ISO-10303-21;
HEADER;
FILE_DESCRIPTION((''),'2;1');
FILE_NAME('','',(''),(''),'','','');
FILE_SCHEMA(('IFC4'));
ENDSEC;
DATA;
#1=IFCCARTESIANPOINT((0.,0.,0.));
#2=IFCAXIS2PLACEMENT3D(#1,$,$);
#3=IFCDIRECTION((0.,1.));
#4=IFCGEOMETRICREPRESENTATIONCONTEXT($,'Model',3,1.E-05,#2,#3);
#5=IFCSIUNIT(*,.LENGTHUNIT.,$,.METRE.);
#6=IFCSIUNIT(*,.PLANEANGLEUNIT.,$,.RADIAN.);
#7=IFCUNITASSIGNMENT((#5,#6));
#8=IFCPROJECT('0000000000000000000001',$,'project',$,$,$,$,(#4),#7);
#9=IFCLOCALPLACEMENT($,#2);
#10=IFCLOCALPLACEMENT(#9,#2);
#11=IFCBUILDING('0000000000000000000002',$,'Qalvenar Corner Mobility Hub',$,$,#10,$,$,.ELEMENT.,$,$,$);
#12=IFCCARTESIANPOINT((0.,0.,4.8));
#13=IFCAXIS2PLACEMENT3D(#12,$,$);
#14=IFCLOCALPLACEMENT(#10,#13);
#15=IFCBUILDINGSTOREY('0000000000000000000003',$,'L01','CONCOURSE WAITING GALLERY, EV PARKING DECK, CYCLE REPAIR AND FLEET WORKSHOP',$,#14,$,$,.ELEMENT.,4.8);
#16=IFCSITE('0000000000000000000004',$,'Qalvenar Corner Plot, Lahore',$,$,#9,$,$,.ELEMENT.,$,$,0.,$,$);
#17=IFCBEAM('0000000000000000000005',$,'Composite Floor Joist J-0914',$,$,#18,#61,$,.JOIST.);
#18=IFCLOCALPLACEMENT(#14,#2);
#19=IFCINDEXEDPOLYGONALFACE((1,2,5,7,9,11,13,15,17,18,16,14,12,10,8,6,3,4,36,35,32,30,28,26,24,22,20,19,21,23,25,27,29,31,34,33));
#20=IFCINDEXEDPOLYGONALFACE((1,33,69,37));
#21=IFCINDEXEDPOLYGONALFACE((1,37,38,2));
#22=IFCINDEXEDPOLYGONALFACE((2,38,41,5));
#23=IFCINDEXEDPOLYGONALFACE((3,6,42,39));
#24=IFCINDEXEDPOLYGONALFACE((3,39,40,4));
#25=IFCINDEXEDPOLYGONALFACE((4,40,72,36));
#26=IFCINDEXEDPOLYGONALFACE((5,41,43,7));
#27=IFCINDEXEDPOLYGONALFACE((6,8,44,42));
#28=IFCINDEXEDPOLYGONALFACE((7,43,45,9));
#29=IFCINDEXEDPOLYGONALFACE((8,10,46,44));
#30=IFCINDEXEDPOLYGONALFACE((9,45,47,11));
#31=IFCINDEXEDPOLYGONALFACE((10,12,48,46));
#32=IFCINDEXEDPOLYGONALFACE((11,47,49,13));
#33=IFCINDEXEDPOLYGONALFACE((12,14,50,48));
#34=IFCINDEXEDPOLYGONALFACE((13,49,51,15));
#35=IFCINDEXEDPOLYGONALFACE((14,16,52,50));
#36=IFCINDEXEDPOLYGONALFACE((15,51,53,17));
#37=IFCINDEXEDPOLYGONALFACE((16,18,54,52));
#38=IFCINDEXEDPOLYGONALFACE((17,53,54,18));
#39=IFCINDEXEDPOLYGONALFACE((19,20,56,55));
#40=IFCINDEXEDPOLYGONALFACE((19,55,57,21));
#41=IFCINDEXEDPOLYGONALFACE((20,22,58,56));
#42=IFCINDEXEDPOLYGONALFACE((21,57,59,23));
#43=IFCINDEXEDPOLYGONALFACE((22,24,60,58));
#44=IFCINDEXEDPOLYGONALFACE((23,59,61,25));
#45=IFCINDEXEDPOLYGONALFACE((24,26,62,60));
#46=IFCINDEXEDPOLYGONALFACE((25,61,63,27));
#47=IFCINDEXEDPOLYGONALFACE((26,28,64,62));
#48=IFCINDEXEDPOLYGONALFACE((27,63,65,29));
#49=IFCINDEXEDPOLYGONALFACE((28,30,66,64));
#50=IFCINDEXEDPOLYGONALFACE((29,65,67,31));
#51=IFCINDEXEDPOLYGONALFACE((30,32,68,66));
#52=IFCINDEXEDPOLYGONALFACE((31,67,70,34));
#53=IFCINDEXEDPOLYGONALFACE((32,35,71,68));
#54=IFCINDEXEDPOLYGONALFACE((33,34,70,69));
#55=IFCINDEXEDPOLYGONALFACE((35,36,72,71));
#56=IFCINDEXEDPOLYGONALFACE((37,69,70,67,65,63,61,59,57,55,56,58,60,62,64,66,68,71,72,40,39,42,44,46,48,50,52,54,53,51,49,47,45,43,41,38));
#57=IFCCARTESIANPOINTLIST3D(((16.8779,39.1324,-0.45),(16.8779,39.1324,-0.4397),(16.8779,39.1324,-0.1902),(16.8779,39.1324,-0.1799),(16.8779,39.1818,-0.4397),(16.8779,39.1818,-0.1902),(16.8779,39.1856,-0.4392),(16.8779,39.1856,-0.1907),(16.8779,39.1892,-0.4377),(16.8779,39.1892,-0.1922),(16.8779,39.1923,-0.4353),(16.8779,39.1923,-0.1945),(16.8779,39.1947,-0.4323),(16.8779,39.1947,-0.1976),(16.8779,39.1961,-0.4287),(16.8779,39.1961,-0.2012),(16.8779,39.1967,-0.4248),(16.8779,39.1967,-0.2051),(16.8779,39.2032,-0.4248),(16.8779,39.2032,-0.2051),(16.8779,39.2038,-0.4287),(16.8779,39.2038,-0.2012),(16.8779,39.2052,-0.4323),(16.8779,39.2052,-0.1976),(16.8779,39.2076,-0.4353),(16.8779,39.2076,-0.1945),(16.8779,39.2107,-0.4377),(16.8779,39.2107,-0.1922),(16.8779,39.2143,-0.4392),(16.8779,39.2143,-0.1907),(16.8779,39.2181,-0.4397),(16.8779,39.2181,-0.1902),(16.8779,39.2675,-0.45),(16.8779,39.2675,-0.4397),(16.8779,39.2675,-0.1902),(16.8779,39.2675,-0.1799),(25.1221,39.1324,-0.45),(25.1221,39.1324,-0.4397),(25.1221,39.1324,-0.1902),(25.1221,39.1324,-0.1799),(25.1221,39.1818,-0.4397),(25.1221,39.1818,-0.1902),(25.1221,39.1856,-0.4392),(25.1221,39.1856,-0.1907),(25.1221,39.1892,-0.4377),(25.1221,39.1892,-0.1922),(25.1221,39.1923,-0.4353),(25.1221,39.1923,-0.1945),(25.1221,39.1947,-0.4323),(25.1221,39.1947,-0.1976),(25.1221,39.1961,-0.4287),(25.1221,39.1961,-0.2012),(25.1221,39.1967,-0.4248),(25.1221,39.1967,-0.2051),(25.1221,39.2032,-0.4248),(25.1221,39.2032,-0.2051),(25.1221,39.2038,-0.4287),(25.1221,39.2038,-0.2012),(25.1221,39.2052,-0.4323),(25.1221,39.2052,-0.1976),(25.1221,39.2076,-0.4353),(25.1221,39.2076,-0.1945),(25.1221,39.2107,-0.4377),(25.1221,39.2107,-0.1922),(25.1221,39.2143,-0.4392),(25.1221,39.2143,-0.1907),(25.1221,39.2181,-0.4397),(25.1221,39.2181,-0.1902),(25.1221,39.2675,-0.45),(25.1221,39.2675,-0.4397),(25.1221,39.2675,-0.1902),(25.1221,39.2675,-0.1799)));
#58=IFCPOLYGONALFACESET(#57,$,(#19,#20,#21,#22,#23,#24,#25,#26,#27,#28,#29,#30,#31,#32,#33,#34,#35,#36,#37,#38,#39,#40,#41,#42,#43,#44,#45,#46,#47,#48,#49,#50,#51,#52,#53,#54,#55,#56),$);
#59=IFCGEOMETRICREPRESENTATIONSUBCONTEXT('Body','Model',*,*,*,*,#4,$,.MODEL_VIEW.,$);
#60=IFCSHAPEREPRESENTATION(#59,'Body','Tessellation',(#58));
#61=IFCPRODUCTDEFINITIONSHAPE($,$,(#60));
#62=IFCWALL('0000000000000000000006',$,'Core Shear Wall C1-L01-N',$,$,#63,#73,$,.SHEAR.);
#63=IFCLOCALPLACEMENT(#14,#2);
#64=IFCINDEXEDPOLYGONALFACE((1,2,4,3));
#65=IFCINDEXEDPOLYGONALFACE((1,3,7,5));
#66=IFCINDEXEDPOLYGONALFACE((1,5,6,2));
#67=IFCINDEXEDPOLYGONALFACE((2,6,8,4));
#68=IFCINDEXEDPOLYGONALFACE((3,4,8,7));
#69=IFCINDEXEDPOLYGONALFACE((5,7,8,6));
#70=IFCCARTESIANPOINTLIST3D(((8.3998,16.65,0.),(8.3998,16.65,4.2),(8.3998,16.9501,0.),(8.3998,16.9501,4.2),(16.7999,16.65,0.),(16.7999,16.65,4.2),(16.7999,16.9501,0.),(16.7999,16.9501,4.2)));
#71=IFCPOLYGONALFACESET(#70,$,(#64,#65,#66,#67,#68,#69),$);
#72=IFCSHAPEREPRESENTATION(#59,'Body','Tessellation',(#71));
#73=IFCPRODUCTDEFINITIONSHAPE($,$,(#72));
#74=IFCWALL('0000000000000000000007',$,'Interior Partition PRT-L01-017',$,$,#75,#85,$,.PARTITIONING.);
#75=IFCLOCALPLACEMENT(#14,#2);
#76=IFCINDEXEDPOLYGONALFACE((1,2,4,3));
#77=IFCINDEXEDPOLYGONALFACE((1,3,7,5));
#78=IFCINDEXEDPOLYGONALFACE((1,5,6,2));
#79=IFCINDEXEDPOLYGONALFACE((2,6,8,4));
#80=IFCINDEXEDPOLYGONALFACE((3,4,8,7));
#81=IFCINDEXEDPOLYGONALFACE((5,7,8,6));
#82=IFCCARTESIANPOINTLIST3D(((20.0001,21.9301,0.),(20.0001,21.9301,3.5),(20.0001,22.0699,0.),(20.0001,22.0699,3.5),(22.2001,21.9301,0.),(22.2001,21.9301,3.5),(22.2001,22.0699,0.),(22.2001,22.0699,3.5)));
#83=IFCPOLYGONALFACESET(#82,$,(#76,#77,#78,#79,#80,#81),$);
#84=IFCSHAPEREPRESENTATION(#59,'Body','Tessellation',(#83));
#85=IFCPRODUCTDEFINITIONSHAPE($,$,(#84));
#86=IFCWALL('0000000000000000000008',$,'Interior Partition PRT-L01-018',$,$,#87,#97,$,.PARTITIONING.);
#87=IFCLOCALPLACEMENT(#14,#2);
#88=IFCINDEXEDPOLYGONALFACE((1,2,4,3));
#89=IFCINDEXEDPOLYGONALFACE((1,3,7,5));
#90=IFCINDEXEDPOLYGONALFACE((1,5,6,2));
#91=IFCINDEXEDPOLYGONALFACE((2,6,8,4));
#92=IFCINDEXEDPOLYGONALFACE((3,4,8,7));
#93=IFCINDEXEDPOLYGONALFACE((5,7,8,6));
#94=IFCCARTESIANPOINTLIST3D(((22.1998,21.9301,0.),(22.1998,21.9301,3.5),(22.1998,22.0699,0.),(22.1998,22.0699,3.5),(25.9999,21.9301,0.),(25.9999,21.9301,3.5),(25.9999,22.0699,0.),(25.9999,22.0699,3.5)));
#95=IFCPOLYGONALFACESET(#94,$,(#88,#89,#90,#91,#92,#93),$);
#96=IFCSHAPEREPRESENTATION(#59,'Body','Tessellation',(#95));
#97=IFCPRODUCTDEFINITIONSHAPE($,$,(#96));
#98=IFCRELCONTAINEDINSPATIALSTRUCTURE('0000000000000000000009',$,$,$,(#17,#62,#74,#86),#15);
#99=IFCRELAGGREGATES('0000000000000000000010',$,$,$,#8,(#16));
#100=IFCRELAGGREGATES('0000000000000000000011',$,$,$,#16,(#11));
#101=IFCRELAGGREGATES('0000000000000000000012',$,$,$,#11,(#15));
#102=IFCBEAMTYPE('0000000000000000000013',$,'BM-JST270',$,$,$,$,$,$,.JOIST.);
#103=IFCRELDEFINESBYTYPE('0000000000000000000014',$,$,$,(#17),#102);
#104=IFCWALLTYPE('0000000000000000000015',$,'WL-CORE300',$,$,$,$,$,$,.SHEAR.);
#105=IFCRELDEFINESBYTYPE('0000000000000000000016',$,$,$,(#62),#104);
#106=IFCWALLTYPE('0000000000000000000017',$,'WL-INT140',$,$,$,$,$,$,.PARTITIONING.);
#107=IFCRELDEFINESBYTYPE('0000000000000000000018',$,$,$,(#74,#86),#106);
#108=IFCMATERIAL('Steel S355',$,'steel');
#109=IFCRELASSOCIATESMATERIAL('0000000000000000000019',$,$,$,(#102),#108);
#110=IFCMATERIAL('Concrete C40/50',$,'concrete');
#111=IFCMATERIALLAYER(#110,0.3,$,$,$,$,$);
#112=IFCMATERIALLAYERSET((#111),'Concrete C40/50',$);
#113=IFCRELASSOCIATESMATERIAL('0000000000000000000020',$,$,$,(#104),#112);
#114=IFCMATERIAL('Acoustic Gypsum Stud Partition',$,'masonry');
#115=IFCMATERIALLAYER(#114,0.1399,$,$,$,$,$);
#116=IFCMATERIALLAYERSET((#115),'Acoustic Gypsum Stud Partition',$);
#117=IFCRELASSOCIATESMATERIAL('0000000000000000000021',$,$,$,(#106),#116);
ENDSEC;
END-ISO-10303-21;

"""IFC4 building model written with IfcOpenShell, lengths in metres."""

from ifc_helpers import new_model, si_unit, direction, frame, frame_2d, origin, origin_2d, place, context, subcontext, project, spatial, rectangle, i_section, extrude, material, layer, layer_set, material_profile, profile_set, type_object, element, save


model = new_model("IFC4")

# Units and contexts
model_context = context("Model", 3, precision=1e-05, world=origin(), true_north=direction((0.0, 1.0)))
body_context = subcontext(model_context, "Body", "Model", "MODEL_VIEW")
ifc_project = project(units=[si_unit("LENGTHUNIT", "METRE"), si_unit("PLANEANGLEUNIT", "RADIAN")], contexts=[model_context])

# Site, building, storey
site_placement = place(None, origin())
site = spatial("IfcSite", under=ifc_project, at=site_placement, Name="Qalvenar Corner Plot, Lahore", CompositionType="ELEMENT", RefElevation=0.0)
building_placement = place(site_placement, origin())
building = spatial("IfcBuilding", under=site, at=building_placement, Name="Qalvenar Corner Mobility Hub", CompositionType="ELEMENT")
storey_placement = place(building_placement, frame((0.0, 0.0, 4.8)))
storey = spatial("IfcBuildingStorey", under=building, at=storey_placement, Name="L01", Description="CONCOURSE WAITING GALLERY, EV PARKING DECK, CYCLE REPAIR AND FLEET WORKSHOP", CompositionType="ELEMENT", Elevation=4.8)

# Shared definitions
ifc_material_1 = material(Name="Steel S355", Category="steel")

# Beam
ifc_material_profile_1 = material_profile(ifc_material_1, i_section(OverallWidth=0.135, OverallDepth=0.27, WebThickness=0.0066, FlangeThickness=0.0103, FilletRadius=0.0149, at=origin_2d()), Name="IPE270")
ifc_profile_set_1 = profile_set([ifc_material_profile_1], Name="Steel S355")
beam_type_1 = type_object("IfcBeamType", Name="BM-JST270", PredefinedType="JOIST", material=ifc_profile_set_1)
for number, where, z_axis, x_axis, name in (
    (1, (16.8779, 39.2, -0.3149), (1.0, 0.0, 0.0), (0.0, 1.0, 0.0), "Composite Floor Joist J-0914"),
):
    element("IfcBeam", number, at=place(storey_placement, frame(where, z_axis=z_axis, x_axis=x_axis)), inside=storey, type_object=beam_type_1, Name=name, PredefinedType="JOIST", context=body_context, shape_type="SweptSolid", body=[
        extrude(i_section(OverallWidth=0.135, OverallDepth=0.27, WebThickness=0.0066, FlangeThickness=0.0103, FilletRadius=0.0149, at=origin_2d()), origin(), (0.0, 0.0, 1.0), 8.2441),
    ])

# Walls
ifc_material_2 = material(Name="Concrete C40/50", Category="concrete")
ifc_layer_1 = layer(ifc_material_2, 0.3)
ifc_layer_set_1 = layer_set([ifc_layer_1], Name="Concrete C40/50")
wall_type_1 = type_object("IfcWallType", Name="WL-CORE300", PredefinedType="SHEAR", material=ifc_layer_set_1)
wall_1_placement = place(storey_placement, frame((16.8, 16.8, 0.0), z_axis=(0.0, 0.0, 1.0), x_axis=(-1.0, 0.0, 0.0)))
element("IfcWall", 2, at=wall_1_placement, inside=storey, type_object=wall_type_1, Name="Core Shear Wall C1-L01-N", PredefinedType="SHEAR", context=body_context, shape_type="SweptSolid", body=[
    extrude(rectangle(XDim=8.4001, YDim=0.3, at=frame_2d((4.2002, 0.0))), origin(), (0.0, 0.0, 1.0), 4.2),
])
ifc_material_3 = material(Name="Acoustic Gypsum Stud Partition", Category="masonry")
ifc_layer_2 = layer(ifc_material_3, 0.1399)
ifc_layer_set_2 = layer_set([ifc_layer_2], Name="Acoustic Gypsum Stud Partition")
wall_type_2 = type_object("IfcWallType", Name="WL-INT140", PredefinedType="PARTITIONING", material=ifc_layer_set_2)
wall_2_placement = place(storey_placement, frame((20.0, 22.0, 0.0), z_axis=(0.0, 0.0, 1.0), x_axis=(1.0, 0.0, 0.0)))
element("IfcWall", 3, at=wall_2_placement, inside=storey, type_object=wall_type_2, Name="Interior Partition PRT-L01-017", PredefinedType="PARTITIONING", context=body_context, shape_type="SweptSolid", body=[
    extrude(rectangle(XDim=2.2, YDim=0.1399, at=frame_2d((1.1001, 0.0))), origin(), (0.0, 0.0, 1.0), 3.5),
])
wall_3_placement = place(storey_placement, frame((22.2, 22.0, 0.0), z_axis=(0.0, 0.0, 1.0), x_axis=(1.0, 0.0, 0.0)))
element("IfcWall", 4, at=wall_3_placement, inside=storey, type_object=wall_type_2, Name="Interior Partition PRT-L01-018", PredefinedType="PARTITIONING", context=body_context, shape_type="SweptSolid", body=[
    extrude(rectangle(XDim=3.8, YDim=0.1399, at=frame_2d((1.8999, 0.0))), origin(), (0.0, 0.0, 1.0), 3.5),
])

save(model, "model.ifc")
